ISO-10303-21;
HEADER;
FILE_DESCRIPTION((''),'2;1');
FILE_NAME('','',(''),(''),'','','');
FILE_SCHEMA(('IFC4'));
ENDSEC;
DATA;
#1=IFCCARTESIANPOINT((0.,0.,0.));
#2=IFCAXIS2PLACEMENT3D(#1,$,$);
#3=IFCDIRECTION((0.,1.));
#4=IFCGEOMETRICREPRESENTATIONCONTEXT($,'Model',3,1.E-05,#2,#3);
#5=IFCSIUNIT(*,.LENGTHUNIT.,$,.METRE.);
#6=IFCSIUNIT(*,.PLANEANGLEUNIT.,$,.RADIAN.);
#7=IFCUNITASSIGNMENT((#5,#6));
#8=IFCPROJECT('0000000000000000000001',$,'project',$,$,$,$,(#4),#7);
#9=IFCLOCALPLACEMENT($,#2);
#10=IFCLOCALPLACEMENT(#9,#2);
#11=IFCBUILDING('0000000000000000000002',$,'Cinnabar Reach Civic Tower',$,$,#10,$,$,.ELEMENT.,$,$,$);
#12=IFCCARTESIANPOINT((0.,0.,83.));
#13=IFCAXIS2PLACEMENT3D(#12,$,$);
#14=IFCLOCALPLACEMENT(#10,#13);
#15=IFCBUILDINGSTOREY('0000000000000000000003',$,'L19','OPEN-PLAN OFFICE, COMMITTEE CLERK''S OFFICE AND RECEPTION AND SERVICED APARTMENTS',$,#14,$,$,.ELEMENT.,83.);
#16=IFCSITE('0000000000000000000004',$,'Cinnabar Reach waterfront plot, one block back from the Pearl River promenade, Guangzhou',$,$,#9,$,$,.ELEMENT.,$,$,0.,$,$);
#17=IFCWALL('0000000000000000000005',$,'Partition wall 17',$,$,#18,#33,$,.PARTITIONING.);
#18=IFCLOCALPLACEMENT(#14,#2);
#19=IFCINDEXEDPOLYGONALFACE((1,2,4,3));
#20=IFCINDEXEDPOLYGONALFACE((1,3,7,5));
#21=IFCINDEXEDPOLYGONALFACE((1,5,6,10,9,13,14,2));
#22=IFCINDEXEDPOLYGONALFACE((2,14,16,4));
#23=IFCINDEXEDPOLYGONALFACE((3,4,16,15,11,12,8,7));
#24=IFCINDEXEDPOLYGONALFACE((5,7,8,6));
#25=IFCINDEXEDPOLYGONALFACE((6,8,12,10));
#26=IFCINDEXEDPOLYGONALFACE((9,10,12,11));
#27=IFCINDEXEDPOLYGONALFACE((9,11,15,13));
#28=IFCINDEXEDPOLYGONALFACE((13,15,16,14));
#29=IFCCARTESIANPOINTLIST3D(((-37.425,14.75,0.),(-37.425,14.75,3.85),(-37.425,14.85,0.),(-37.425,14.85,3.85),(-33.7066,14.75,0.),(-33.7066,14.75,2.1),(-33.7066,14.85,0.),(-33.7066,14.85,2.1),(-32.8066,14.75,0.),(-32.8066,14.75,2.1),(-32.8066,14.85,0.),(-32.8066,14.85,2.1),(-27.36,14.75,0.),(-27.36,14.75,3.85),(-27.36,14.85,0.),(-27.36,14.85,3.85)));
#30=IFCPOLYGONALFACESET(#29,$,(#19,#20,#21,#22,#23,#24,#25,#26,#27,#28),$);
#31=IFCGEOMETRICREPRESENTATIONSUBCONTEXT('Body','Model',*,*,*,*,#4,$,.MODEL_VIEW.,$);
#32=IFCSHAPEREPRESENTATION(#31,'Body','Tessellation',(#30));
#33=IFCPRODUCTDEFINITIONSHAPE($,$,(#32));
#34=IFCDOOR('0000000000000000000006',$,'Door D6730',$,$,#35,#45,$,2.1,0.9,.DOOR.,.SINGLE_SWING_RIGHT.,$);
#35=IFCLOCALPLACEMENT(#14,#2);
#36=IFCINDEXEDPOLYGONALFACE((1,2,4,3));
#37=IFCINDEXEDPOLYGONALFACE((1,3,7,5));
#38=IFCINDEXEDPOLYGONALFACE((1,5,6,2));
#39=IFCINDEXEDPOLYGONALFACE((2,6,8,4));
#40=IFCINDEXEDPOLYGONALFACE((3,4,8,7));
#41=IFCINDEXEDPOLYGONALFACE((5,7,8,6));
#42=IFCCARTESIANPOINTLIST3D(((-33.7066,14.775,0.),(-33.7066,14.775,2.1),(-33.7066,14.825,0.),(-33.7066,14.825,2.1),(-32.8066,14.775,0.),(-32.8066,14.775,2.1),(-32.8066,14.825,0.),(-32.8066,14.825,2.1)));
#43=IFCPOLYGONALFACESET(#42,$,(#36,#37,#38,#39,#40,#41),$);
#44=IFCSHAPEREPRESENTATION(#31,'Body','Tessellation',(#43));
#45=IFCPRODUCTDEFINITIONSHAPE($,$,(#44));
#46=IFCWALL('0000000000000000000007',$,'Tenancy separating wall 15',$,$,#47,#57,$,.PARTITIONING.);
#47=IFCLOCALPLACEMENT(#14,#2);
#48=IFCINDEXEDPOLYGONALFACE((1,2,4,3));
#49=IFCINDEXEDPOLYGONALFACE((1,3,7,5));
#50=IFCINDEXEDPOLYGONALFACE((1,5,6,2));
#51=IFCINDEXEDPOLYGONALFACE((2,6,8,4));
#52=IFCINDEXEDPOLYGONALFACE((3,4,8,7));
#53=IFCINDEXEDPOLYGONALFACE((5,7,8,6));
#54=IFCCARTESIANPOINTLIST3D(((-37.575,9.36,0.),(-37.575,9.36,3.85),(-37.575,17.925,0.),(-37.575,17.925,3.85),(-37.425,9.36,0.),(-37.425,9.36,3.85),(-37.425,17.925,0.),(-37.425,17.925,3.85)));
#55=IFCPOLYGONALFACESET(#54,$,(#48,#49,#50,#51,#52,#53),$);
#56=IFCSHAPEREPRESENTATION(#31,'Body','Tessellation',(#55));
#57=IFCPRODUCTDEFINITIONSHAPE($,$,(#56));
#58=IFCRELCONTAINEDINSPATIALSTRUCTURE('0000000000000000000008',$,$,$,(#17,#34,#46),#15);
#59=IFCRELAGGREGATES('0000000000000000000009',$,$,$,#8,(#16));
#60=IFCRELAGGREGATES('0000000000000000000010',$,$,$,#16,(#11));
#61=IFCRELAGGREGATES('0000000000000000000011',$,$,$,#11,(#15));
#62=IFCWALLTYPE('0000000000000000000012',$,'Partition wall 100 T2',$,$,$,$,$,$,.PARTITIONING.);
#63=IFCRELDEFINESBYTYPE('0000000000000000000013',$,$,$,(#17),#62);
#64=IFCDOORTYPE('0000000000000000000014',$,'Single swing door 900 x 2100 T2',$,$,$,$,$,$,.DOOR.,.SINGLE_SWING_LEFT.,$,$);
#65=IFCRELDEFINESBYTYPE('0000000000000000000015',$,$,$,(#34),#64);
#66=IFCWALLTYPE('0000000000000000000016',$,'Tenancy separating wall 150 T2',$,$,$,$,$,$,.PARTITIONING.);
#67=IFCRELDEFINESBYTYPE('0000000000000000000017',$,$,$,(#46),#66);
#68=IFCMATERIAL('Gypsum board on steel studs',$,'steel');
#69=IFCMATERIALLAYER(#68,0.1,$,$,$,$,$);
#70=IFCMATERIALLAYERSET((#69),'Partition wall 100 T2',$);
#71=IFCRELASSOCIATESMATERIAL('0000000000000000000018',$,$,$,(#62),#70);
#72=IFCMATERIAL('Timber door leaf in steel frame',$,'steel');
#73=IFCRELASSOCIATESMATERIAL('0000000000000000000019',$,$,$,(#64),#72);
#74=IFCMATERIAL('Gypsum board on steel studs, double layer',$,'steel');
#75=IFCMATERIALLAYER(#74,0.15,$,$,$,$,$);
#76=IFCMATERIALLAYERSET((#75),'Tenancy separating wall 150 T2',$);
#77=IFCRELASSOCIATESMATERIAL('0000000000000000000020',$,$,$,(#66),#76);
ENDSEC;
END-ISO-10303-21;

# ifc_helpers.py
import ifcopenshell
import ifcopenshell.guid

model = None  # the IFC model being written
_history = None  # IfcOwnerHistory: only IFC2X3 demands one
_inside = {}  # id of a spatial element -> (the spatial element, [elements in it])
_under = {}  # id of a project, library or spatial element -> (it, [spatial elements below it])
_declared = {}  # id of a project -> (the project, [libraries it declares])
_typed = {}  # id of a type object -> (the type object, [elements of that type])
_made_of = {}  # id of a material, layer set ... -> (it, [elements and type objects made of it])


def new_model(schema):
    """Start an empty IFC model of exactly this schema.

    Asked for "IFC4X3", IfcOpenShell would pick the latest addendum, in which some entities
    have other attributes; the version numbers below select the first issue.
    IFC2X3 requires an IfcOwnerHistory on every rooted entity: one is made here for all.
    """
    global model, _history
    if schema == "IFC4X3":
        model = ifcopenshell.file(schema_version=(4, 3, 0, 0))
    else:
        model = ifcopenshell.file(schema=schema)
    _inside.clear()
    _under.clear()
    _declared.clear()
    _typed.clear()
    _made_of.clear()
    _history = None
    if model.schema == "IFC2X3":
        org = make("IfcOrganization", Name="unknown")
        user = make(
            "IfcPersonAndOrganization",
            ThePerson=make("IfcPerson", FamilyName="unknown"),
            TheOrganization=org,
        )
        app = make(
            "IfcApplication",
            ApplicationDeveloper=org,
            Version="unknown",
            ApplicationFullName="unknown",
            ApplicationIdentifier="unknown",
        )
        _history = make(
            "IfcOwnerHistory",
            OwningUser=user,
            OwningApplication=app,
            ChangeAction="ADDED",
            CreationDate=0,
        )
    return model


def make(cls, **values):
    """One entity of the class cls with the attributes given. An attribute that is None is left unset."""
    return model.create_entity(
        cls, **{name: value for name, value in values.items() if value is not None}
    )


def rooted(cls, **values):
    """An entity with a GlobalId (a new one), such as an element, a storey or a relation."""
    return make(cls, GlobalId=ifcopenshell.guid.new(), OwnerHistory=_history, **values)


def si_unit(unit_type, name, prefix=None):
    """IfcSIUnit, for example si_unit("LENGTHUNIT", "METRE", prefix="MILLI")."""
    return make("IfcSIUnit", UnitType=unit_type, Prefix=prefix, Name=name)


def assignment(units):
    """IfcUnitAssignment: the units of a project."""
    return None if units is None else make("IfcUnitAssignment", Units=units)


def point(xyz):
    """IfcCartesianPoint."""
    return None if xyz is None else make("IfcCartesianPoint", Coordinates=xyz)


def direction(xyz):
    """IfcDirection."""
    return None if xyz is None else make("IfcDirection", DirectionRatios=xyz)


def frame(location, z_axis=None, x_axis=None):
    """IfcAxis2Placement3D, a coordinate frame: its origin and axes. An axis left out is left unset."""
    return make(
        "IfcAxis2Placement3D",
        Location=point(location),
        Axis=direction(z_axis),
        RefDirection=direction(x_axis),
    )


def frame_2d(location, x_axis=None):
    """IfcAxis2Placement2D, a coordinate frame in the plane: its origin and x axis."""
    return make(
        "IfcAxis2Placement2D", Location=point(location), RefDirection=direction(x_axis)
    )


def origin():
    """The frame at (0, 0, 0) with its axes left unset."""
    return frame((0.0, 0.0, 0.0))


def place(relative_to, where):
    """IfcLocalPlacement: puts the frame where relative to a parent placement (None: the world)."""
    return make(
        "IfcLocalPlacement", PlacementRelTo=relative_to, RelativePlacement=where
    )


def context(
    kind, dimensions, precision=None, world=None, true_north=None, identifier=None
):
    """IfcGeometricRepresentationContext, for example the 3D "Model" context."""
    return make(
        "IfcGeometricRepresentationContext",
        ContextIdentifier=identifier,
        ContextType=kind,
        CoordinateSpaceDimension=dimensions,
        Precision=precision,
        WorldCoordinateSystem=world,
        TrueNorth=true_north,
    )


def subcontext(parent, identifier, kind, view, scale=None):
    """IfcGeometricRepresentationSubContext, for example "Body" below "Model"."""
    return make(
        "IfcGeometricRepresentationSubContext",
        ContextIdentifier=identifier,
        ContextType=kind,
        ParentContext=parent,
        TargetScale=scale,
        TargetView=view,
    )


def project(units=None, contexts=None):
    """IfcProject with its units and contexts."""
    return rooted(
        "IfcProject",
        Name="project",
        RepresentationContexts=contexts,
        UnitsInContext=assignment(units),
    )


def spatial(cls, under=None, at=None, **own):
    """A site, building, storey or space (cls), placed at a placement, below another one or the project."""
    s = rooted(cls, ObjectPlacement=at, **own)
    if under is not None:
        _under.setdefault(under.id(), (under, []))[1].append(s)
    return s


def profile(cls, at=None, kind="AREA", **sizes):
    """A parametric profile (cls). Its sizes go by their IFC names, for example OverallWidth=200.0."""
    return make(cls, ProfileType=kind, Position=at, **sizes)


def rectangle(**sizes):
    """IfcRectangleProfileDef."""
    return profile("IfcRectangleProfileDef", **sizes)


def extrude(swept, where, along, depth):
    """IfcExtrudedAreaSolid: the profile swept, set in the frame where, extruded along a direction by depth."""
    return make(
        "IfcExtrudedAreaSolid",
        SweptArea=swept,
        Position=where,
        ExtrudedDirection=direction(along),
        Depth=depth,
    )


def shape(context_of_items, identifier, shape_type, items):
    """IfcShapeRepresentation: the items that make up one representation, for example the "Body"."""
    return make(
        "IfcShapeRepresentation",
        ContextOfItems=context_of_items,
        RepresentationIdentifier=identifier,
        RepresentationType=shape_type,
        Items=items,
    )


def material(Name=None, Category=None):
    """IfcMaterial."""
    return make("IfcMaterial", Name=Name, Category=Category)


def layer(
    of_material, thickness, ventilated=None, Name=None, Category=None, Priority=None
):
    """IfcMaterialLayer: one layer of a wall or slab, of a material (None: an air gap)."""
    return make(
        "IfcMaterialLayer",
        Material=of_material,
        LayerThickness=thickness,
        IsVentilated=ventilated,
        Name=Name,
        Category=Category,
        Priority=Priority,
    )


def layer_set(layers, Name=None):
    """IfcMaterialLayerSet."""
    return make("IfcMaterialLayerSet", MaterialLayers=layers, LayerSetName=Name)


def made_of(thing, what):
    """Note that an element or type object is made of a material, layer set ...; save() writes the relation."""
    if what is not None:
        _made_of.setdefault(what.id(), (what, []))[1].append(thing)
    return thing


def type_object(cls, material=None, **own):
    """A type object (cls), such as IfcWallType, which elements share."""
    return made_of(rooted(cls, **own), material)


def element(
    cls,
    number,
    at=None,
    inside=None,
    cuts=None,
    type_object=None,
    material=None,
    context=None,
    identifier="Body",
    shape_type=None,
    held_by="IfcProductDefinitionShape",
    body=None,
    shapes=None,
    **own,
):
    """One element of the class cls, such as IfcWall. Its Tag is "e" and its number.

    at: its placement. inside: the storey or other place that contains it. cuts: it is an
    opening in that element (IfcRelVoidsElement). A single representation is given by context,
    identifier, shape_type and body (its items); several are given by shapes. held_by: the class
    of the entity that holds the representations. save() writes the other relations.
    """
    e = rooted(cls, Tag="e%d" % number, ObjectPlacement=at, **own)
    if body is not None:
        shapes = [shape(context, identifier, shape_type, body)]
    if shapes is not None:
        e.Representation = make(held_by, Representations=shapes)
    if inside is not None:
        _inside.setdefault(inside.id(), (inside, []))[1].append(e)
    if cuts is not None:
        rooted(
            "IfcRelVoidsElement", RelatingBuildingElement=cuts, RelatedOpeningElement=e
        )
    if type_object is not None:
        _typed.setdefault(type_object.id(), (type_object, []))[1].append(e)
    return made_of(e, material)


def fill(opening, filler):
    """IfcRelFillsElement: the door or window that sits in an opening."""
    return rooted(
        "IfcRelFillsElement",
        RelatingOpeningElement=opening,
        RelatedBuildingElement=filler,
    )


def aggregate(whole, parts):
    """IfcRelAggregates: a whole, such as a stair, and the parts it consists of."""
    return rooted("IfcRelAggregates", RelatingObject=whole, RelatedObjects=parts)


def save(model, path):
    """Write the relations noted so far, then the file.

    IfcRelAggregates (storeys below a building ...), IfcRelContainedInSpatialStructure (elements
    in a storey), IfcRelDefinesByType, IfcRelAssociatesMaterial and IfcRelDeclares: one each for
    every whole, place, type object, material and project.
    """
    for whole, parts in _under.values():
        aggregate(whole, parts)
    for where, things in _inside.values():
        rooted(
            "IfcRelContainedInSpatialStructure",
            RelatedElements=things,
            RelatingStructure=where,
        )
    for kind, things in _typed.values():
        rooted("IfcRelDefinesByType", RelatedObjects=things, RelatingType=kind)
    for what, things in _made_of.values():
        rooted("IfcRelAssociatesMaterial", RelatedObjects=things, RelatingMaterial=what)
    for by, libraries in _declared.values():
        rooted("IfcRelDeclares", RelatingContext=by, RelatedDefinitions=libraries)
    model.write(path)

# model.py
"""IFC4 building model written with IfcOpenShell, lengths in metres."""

from ifc_helpers import new_model, si_unit, direction, frame, frame_2d, origin, place, context, subcontext, project, spatial, rectangle, extrude, material, layer, layer_set, type_object, element, fill, save


model = new_model("IFC4")

# Units and contexts
model_context = context("Model", 3, precision=1e-05, world=origin(), true_north=direction((0.0, 1.0)))
body_context = subcontext(model_context, "Body", "Model", "MODEL_VIEW")
ifc_project = project(units=[si_unit("LENGTHUNIT", "METRE"), si_unit("PLANEANGLEUNIT", "RADIAN")], contexts=[model_context])

# Site, building, storey
site_placement = place(None, origin())
site = spatial("IfcSite", under=ifc_project, at=site_placement, Name="Cinnabar Reach waterfront plot, one block back from the Pearl River promenade, Guangzhou", CompositionType="ELEMENT", RefElevation=0.0)
building_placement = place(site_placement, origin())
building = spatial("IfcBuilding", under=site, at=building_placement, Name="Cinnabar Reach Civic Tower", CompositionType="ELEMENT")
storey_placement = place(building_placement, frame((0.0, 0.0, 83.0)))
storey = spatial("IfcBuildingStorey", under=building, at=storey_placement, Name="L19", Description="OPEN-PLAN OFFICE, COMMITTEE CLERK'S OFFICE AND RECEPTION AND SERVICED APARTMENTS", CompositionType="ELEMENT", Elevation=83.0)

# Wall, opening, door
ifc_material_1 = material(Name="Gypsum board on steel studs", Category="steel")
ifc_layer_1 = layer(ifc_material_1, 0.1)
ifc_layer_set_1 = layer_set([ifc_layer_1], Name="Partition wall 100 T2")
wall_type_1 = type_object("IfcWallType", Name="Partition wall 100 T2", PredefinedType="PARTITIONING", material=ifc_layer_set_1)
wall_1_placement = place(storey_placement, frame((-37.425, 14.8, 0.0), z_axis=(0.0, 0.0, 1.0), x_axis=(1.0, 0.0, 0.0)))
wall_1 = element("IfcWall", 1, at=wall_1_placement, inside=storey, type_object=wall_type_1, Name="Partition wall 17", PredefinedType="PARTITIONING", context=body_context, shape_type="SweptSolid", body=[
    extrude(rectangle(XDim=10.065, YDim=0.1, at=frame_2d((5.0325, 0.0))), origin(), (0.0, 0.0, 1.0), 3.85),
])
opening_placement = place(wall_1_placement, frame((3.7184, 0.0, 0.0)))
opening = element("IfcOpeningElement", 2, at=opening_placement, cuts=wall_1, PredefinedType="OPENING", context=body_context, shape_type="SweptSolid", body=[
    extrude(rectangle(XDim=0.9, YDim=2.1, at=frame_2d((0.45, 1.05))), frame((0.0, 0.06, 0.0), z_axis=(0.0, -1.0, 0.0), x_axis=(1.0, 0.0, 0.0)), (0.0, 0.0, 1.0), 0.12),
])
ifc_material_2 = material(Name="Timber door leaf in steel frame", Category="steel")
door_type = type_object("IfcDoorType", Name="Single swing door 900 x 2100 T2", OperationType="SINGLE_SWING_LEFT", PredefinedType="DOOR", material=ifc_material_2)
door_placement = place(opening_placement, origin())
door = element("IfcDoor", 3, at=door_placement, inside=storey, type_object=door_type, Name="Door D6730", OperationType="SINGLE_SWING_RIGHT", OverallHeight=2.1, OverallWidth=0.9, PredefinedType="DOOR", context=body_context, shape_type="SweptSolid", body=[
    extrude(rectangle(XDim=0.9, YDim=2.1, at=frame_2d((0.45, 1.05))), frame((0.0, 0.025, 0.0), z_axis=(0.0, -1.0, 0.0), x_axis=(1.0, 0.0, 0.0)), (0.0, 0.0, 1.0), 0.05),
])
fill(opening, door)

# Wall
ifc_material_3 = material(Name="Gypsum board on steel studs, double layer", Category="steel")
ifc_layer_2 = layer(ifc_material_3, 0.15)
ifc_layer_set_2 = layer_set([ifc_layer_2], Name="Tenancy separating wall 150 T2")
wall_type_2 = type_object("IfcWallType", Name="Tenancy separating wall 150 T2", PredefinedType="PARTITIONING", material=ifc_layer_set_2)
wall_2_placement = place(storey_placement, frame((-37.5, 9.36, 0.0), z_axis=(0.0, 0.0, 1.0), x_axis=(0.0, 1.0, 0.0)))
element("IfcWall", 4, at=wall_2_placement, inside=storey, type_object=wall_type_2, Name="Tenancy separating wall 15", PredefinedType="PARTITIONING", context=body_context, shape_type="SweptSolid", body=[
    extrude(rectangle(XDim=8.565, YDim=0.15, at=frame_2d((4.2825, 0.0))), origin(), (0.0, 0.0, 1.0), 3.85),
])

save(model, "model.ifc")
